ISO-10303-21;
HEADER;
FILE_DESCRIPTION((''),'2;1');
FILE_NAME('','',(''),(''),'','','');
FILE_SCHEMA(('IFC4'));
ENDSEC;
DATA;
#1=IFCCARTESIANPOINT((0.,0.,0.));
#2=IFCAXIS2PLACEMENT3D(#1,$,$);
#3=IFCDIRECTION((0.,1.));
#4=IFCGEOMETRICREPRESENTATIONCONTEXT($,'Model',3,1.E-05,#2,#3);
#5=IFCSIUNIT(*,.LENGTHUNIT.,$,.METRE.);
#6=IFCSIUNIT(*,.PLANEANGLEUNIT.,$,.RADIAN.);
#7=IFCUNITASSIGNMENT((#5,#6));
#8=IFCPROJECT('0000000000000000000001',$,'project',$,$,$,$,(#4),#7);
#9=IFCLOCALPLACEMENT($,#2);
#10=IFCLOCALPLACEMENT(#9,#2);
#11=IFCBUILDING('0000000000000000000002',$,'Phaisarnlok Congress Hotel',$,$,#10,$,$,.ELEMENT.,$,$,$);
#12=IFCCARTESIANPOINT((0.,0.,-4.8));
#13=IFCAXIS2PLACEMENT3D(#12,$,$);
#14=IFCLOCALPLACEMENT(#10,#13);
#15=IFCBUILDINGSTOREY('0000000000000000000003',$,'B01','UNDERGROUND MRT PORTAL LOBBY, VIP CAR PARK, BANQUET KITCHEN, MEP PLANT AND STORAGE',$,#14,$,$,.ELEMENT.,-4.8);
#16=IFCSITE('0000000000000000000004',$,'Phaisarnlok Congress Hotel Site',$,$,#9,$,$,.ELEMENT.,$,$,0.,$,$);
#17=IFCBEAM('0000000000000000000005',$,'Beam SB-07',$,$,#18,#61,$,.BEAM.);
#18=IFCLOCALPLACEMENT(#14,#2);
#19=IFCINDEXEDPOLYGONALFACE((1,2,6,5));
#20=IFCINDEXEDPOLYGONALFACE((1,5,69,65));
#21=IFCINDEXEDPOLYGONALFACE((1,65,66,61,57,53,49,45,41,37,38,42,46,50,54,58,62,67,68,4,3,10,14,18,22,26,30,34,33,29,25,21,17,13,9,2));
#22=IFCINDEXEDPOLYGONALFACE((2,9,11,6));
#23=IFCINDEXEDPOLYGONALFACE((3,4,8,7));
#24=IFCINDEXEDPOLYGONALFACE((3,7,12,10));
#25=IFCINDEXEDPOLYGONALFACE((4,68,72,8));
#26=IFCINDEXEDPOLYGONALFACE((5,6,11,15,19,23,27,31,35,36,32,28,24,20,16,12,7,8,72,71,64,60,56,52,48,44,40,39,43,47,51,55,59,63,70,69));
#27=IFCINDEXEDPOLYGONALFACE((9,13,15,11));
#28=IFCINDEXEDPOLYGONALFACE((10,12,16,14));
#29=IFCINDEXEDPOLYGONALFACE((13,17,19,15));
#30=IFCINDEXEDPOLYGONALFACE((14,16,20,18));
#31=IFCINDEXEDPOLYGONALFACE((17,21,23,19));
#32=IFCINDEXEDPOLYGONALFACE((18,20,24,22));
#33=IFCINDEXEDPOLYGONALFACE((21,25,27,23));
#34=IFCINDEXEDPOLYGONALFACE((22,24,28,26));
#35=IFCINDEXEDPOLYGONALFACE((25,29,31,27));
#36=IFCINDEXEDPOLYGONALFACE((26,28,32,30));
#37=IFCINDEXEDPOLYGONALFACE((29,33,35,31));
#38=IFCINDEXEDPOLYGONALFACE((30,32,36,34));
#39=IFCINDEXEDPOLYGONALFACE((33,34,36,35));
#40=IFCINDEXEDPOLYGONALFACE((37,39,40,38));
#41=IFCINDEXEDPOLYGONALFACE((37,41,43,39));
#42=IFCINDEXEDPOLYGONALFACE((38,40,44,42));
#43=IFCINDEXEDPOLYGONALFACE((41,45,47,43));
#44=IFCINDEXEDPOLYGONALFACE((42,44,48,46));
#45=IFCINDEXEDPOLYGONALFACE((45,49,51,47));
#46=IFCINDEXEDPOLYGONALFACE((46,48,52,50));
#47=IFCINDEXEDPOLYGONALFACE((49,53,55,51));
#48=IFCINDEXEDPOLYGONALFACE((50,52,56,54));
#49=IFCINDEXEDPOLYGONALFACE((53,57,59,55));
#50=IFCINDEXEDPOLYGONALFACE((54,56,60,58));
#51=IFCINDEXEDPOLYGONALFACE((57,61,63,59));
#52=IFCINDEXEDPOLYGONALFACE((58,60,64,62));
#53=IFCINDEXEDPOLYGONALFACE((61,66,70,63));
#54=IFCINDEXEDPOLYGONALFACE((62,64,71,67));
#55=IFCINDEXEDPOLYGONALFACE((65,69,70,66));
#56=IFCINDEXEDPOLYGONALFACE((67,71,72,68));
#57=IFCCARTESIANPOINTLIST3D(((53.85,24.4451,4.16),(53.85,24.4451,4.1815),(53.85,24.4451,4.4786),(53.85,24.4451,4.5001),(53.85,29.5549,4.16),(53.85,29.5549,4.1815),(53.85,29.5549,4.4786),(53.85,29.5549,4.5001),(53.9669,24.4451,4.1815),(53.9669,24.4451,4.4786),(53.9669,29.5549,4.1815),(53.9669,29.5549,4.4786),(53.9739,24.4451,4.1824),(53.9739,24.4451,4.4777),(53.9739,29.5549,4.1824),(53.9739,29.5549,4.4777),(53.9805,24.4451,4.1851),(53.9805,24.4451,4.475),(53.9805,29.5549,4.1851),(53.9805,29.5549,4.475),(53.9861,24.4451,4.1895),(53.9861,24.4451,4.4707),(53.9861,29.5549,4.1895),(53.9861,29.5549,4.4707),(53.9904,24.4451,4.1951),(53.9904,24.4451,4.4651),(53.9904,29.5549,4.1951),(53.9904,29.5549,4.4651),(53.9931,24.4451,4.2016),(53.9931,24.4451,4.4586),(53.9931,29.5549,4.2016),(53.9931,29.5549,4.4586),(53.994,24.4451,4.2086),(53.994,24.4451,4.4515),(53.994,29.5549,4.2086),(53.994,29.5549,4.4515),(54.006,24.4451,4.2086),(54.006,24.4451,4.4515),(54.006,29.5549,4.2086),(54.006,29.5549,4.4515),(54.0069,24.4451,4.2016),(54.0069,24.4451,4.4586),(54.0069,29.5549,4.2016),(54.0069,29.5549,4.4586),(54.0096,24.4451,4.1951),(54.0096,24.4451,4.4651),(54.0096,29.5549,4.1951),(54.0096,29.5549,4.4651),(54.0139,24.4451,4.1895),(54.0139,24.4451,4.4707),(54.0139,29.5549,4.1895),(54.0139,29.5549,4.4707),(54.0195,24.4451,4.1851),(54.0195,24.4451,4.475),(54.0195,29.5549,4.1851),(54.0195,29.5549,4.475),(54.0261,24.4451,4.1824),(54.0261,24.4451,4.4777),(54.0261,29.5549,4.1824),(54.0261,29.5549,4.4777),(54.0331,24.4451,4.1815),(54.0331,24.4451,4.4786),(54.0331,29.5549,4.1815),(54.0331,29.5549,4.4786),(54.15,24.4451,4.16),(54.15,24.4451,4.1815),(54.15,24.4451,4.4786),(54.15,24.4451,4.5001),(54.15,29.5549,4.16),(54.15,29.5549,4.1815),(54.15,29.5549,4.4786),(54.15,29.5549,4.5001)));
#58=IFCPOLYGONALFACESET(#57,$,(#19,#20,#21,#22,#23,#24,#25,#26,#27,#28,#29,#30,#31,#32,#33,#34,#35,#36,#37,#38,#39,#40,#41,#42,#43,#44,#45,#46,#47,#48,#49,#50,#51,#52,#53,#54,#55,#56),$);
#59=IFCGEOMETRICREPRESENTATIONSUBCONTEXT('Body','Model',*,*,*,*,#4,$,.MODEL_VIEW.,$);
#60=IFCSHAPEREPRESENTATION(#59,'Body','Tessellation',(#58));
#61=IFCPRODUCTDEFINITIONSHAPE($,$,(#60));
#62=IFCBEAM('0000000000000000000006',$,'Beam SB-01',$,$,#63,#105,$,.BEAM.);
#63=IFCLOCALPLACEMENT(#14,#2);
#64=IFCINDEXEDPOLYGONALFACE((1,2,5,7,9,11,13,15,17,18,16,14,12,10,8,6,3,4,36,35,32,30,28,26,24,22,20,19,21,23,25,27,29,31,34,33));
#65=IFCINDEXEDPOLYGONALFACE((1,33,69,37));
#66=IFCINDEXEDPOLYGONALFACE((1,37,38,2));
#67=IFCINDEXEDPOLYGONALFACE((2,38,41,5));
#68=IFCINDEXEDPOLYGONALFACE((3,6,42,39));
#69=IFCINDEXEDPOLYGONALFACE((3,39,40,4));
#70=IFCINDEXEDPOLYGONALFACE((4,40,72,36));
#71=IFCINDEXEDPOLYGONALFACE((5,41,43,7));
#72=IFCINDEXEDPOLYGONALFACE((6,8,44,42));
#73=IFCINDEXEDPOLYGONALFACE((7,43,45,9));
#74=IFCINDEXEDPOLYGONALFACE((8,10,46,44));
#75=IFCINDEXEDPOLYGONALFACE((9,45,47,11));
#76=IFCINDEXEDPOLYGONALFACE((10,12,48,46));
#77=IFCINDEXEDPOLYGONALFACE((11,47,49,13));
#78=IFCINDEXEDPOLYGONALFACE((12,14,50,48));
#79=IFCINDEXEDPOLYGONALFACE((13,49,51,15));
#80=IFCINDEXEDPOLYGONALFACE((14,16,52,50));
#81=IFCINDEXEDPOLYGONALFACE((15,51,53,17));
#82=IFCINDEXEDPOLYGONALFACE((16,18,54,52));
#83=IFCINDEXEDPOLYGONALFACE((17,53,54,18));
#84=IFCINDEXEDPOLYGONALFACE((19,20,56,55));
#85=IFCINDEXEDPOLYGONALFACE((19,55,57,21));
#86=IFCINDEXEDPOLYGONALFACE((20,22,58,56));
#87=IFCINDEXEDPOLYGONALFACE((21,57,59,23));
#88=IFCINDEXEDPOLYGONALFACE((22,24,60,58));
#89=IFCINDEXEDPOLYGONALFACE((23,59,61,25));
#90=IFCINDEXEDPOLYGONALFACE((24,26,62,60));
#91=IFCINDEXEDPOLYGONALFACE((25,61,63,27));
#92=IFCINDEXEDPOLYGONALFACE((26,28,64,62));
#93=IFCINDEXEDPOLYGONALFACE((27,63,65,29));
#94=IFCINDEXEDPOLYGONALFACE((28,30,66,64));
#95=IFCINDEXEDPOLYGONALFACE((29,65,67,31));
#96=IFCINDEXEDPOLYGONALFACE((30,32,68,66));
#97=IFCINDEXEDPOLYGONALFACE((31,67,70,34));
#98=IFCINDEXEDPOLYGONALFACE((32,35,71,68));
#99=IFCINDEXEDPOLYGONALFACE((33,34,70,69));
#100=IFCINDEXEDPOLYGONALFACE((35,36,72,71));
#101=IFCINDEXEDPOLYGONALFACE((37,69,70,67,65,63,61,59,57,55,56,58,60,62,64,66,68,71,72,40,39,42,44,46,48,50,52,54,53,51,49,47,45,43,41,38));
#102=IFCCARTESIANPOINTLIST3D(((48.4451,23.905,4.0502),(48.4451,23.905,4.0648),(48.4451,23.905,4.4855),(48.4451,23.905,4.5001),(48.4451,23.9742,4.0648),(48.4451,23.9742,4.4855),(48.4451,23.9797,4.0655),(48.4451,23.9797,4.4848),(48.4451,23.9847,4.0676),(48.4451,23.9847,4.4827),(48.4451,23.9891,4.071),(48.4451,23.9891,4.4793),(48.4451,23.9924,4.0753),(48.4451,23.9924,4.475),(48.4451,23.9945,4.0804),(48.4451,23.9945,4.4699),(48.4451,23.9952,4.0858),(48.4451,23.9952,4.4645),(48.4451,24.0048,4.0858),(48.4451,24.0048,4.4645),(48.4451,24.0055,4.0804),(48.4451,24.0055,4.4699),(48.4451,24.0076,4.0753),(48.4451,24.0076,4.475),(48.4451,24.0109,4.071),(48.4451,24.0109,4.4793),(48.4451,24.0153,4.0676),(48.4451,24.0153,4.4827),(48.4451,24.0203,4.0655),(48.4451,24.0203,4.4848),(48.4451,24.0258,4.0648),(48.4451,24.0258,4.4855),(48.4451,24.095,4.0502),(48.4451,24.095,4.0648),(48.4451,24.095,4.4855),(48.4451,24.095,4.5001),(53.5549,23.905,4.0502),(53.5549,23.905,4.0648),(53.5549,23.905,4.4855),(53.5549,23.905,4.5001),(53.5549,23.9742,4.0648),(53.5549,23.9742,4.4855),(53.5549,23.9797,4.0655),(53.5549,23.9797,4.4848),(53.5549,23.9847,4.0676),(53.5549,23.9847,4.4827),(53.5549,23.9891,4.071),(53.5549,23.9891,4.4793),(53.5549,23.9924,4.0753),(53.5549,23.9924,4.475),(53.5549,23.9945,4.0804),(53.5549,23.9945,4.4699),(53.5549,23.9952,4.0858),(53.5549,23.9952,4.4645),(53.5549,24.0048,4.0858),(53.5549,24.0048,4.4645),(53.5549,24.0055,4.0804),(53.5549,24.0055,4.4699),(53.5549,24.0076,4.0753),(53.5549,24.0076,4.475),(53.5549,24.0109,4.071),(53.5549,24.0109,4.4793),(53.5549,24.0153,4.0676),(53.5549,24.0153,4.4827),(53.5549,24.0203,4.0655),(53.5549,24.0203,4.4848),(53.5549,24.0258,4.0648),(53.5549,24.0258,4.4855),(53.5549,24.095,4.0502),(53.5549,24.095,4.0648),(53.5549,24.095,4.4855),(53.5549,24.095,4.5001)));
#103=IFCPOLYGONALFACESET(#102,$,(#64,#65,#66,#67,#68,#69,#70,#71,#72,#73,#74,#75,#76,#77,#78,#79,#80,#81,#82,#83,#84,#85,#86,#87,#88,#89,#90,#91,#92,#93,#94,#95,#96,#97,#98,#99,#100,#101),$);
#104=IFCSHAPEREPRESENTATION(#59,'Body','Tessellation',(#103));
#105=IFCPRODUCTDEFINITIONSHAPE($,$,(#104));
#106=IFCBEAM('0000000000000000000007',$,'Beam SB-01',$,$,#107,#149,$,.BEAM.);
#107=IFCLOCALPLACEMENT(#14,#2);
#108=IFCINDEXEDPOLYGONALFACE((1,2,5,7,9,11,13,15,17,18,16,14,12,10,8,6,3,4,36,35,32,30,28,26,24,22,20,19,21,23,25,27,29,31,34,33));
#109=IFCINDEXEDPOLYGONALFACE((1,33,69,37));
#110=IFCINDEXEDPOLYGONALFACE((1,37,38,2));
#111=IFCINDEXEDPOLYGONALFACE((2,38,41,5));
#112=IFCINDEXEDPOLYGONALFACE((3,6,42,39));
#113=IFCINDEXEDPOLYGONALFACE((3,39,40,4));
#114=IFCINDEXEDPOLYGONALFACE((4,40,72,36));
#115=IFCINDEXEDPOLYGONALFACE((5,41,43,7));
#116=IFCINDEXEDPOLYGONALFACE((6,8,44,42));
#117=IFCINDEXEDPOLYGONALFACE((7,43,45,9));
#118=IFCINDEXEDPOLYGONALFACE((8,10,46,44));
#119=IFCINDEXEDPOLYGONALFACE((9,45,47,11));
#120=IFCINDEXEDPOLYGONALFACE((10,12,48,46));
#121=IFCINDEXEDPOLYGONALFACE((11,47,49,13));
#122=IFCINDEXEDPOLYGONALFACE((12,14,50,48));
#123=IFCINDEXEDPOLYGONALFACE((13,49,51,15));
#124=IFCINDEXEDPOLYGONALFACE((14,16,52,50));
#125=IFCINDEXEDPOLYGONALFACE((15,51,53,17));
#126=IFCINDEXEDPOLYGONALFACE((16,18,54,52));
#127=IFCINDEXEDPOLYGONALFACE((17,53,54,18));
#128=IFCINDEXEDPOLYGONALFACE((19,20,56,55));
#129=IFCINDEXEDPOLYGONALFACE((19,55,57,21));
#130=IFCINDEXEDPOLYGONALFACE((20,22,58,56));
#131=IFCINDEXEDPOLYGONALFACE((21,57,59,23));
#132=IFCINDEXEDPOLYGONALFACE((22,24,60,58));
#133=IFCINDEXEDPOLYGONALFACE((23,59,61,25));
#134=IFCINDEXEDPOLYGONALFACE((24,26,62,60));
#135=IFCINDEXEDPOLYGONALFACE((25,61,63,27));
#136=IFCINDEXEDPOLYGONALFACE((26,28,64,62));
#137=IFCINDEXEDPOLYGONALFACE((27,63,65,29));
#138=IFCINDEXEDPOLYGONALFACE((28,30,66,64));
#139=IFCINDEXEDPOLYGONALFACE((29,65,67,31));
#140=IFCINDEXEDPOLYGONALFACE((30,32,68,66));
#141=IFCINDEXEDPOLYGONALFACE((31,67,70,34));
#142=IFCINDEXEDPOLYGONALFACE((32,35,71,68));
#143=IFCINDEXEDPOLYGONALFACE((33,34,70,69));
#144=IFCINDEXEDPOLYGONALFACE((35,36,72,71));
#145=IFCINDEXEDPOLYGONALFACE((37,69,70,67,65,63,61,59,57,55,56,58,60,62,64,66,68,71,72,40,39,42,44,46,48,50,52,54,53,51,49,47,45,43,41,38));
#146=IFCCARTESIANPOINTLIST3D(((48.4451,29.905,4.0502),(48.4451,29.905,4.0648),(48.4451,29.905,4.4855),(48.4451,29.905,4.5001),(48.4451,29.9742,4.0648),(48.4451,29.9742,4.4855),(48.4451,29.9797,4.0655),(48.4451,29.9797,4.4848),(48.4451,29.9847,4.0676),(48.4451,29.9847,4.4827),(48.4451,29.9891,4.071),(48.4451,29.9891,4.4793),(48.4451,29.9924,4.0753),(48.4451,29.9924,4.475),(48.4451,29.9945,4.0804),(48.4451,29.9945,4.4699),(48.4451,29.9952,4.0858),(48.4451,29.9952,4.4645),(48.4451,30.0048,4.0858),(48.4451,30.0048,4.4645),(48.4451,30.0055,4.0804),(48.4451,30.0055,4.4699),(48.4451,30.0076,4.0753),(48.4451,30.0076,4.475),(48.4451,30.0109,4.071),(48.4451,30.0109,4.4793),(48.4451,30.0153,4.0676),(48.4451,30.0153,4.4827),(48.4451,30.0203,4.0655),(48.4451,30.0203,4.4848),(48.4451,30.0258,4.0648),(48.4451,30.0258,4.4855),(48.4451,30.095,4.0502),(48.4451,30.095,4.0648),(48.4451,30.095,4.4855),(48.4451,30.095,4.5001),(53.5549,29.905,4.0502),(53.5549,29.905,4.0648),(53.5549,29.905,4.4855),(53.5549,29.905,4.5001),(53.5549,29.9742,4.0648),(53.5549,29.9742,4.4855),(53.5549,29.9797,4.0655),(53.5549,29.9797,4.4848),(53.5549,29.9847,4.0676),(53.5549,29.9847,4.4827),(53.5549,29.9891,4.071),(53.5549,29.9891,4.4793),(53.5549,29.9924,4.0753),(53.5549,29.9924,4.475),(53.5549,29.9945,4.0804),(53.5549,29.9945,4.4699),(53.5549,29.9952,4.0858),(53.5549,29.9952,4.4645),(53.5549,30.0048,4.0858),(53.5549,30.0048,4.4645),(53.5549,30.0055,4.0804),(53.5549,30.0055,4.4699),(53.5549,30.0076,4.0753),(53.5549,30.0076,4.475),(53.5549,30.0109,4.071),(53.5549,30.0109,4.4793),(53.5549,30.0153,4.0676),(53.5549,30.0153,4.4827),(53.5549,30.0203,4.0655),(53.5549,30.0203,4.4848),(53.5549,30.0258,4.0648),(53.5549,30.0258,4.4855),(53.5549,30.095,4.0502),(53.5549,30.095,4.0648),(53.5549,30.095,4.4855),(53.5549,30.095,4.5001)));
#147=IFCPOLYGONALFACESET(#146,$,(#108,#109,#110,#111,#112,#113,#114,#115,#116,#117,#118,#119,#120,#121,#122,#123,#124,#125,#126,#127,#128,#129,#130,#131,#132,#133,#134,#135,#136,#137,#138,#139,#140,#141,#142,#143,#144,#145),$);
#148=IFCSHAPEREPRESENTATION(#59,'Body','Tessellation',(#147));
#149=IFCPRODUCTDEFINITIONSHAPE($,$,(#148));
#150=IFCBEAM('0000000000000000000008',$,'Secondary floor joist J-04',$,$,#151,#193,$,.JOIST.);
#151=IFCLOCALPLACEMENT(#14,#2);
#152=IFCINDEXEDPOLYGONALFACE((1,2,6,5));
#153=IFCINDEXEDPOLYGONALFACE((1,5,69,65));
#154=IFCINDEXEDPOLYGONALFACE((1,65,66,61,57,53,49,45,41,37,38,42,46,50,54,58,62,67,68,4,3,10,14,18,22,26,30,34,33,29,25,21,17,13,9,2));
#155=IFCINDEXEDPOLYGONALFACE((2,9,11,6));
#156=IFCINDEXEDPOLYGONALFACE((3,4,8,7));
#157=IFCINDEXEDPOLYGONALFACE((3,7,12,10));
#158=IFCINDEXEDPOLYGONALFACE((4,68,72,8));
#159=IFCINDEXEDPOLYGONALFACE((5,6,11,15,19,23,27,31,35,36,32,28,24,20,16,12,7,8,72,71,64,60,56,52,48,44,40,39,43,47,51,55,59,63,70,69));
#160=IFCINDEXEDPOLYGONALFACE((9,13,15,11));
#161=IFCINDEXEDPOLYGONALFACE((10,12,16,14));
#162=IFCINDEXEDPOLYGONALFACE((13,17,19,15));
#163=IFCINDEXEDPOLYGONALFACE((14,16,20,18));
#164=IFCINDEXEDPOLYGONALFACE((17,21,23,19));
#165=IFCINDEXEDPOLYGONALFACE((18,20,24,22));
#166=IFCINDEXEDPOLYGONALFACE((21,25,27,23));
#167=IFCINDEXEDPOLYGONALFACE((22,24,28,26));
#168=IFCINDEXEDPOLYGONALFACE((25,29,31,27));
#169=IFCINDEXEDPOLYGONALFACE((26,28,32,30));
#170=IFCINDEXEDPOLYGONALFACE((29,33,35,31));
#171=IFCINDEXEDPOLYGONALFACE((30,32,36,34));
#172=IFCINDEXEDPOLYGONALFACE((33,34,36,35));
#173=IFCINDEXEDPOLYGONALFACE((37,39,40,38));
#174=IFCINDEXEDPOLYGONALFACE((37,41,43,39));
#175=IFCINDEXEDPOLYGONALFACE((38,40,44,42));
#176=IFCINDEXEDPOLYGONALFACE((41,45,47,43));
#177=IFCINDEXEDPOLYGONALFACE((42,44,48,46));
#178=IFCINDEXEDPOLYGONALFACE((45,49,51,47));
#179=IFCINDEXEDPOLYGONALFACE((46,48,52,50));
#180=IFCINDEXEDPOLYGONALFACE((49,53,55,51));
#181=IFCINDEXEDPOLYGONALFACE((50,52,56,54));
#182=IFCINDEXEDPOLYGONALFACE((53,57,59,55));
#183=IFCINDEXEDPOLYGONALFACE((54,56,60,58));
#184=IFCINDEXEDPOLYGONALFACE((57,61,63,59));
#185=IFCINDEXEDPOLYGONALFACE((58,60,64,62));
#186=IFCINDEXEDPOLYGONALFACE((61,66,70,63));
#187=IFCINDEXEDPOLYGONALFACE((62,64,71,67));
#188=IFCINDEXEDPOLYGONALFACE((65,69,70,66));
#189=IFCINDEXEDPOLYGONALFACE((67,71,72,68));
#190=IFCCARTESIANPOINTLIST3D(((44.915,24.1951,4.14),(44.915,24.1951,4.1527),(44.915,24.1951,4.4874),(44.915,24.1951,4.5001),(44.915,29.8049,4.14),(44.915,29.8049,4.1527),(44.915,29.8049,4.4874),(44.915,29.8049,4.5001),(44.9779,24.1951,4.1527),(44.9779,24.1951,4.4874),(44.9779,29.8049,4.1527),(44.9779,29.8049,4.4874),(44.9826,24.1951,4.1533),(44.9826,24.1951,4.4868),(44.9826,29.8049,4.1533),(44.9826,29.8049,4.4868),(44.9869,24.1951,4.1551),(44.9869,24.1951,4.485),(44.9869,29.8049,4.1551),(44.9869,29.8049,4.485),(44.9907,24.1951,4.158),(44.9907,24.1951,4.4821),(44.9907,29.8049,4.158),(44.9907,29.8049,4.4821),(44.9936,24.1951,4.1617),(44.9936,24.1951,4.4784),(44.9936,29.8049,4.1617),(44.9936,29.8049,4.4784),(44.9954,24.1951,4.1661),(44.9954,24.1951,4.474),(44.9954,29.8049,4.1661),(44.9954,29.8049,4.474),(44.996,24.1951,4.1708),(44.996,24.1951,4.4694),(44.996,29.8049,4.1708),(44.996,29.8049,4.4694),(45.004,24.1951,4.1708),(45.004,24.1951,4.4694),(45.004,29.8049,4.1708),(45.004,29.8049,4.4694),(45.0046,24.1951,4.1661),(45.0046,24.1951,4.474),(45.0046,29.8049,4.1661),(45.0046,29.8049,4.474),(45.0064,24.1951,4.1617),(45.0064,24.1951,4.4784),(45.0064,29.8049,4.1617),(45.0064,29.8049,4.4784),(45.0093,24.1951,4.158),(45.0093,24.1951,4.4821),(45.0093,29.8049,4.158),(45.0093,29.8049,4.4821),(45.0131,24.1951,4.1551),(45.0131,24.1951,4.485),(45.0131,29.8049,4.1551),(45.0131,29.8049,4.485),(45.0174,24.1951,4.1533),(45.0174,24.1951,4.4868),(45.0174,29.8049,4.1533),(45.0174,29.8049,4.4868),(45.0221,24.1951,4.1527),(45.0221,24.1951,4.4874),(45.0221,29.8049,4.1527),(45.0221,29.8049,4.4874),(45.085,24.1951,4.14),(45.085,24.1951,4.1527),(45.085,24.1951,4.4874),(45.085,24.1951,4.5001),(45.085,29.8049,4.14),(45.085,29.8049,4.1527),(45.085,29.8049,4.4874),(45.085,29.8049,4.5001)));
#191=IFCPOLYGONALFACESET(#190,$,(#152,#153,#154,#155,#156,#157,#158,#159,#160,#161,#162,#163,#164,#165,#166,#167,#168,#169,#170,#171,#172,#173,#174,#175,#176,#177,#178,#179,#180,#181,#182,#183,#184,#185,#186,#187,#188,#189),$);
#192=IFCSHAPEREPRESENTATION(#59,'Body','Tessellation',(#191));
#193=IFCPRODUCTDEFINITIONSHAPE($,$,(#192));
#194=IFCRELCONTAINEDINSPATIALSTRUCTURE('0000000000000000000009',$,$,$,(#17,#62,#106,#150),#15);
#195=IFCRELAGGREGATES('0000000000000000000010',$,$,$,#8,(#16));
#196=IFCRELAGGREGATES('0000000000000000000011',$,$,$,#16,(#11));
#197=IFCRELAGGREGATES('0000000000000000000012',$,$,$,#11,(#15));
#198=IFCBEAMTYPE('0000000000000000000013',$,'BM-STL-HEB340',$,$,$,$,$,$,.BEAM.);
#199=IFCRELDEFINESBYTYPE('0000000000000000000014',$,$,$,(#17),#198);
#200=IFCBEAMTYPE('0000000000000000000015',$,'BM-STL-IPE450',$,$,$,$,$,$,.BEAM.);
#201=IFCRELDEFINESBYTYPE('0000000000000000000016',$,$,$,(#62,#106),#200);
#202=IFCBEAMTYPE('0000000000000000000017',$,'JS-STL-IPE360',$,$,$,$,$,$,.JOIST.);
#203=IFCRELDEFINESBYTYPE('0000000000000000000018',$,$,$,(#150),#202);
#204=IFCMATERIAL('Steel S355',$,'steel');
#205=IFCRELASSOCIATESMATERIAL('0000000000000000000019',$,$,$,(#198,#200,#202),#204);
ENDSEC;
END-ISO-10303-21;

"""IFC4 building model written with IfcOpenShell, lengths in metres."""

from ifc_helpers import new_model, si_unit, direction, frame, origin, origin_2d, place, context, subcontext, project, spatial, i_section, extrude, material, material_profile, profile_set, type_object, element, save


model = new_model("IFC4")

# Units and contexts
model_context = context("Model", 3, precision=1e-05, world=origin(), true_north=direction((0.0, 1.0)))
body_context = subcontext(model_context, "Body", "Model", "MODEL_VIEW")
ifc_project = project(units=[si_unit("LENGTHUNIT", "METRE"), si_unit("PLANEANGLEUNIT", "RADIAN")], contexts=[model_context])

# Site, building, storey
site_placement = place(None, origin())
site = spatial("IfcSite", under=ifc_project, at=site_placement, Name="Phaisarnlok Congress Hotel Site", CompositionType="ELEMENT", RefElevation=0.0)
building_placement = place(site_placement, origin())
building = spatial("IfcBuilding", under=site, at=building_placement, Name="Phaisarnlok Congress Hotel", CompositionType="ELEMENT")
storey_placement = place(building_placement, frame((0.0, 0.0, -4.8)))
storey = spatial("IfcBuildingStorey", under=building, at=storey_placement, Name="B01", Description="UNDERGROUND MRT PORTAL LOBBY, VIP CAR PARK, BANQUET KITCHEN, MEP PLANT AND STORAGE", CompositionType="ELEMENT", Elevation=-4.8)

# Beams
ifc_material_1 = material(Name="Steel S355", Category="steel")
ifc_material_profile_1 = material_profile(ifc_material_1, i_section(OverallWidth=0.3, OverallDepth=0.3401, WebThickness=0.012, FlangeThickness=0.0215, FilletRadius=0.0271, at=origin_2d()), Name="HEB 340")
ifc_profile_set_1 = profile_set([ifc_material_profile_1], Name="Steel S355")
beam_type_1 = type_object("IfcBeamType", Name="BM-STL-HEB340", PredefinedType="BEAM", material=ifc_profile_set_1)
for number, where, z_axis, x_axis, name in (
    (1, (54.0, 24.4451, 4.3301), (0.0, 1.0, 0.0), (-1.0, 0.0, 0.0), "Beam SB-07"),
):
    element("IfcBeam", number, at=place(storey_placement, frame(where, z_axis=z_axis, x_axis=x_axis)), inside=storey, type_object=beam_type_1, Name=name, PredefinedType="BEAM", context=body_context, shape_type="SweptSolid", body=[
        extrude(i_section(OverallWidth=0.3, OverallDepth=0.3401, WebThickness=0.012, FlangeThickness=0.0215, FilletRadius=0.0271, at=origin_2d()), origin(), (0.0, 0.0, 1.0), 5.1099),
    ])
ifc_material_profile_2 = material_profile(ifc_material_1, i_section(OverallWidth=0.1899, OverallDepth=0.45, WebThickness=0.0095, FlangeThickness=0.0146, FilletRadius=0.021, at=origin_2d()), Name="IPE 450")
ifc_profile_set_2 = profile_set([ifc_material_profile_2], Name="Steel S355")
beam_type_2 = type_object("IfcBeamType", Name="BM-STL-IPE450", PredefinedType="BEAM", material=ifc_profile_set_2)
for number, where, z_axis, x_axis, name in (
    (2, (48.4451, 24.0, 4.2751), (1.0, 0.0, 0.0), (0.0, 1.0, 0.0), "Beam SB-01"),
    (3, (48.4451, 30.0, 4.2751), (1.0, 0.0, 0.0), (0.0, 1.0, 0.0), "Beam SB-01"),
):
    element("IfcBeam", number, at=place(storey_placement, frame(where, z_axis=z_axis, x_axis=x_axis)), inside=storey, type_object=beam_type_2, Name=name, PredefinedType="BEAM", context=body_context, shape_type="SweptSolid", body=[
        extrude(i_section(OverallWidth=0.1899, OverallDepth=0.45, WebThickness=0.0095, FlangeThickness=0.0146, FilletRadius=0.021, at=origin_2d()), origin(), (0.0, 0.0, 1.0), 5.1099),
    ])
ifc_material_profile_3 = material_profile(ifc_material_1, i_section(OverallWidth=0.1699, OverallDepth=0.3601, WebThickness=0.0081, FlangeThickness=0.0127, FilletRadius=0.0181, at=origin_2d()), Name="IPE 360")
ifc_profile_set_3 = profile_set([ifc_material_profile_3], Name="Steel S355")
beam_type_3 = type_object("IfcBeamType", Name="JS-STL-IPE360", PredefinedType="JOIST", material=ifc_profile_set_3)
for number, where, z_axis, x_axis, name in (
    (4, (45.0, 24.1951, 4.3201), (0.0, 1.0, 0.0), (-1.0, 0.0, 0.0), "Secondary floor joist J-04"),
):
    element("IfcBeam", number, at=place(storey_placement, frame(where, z_axis=z_axis, x_axis=x_axis)), inside=storey, type_object=beam_type_3, Name=name, PredefinedType="JOIST", context=body_context, shape_type="SweptSolid", body=[
        extrude(i_section(OverallWidth=0.1699, OverallDepth=0.3601, WebThickness=0.0081, FlangeThickness=0.0127, FilletRadius=0.0181, at=origin_2d()), origin(), (0.0, 0.0, 1.0), 5.6099),
    ])

save(model, "model.ifc")
